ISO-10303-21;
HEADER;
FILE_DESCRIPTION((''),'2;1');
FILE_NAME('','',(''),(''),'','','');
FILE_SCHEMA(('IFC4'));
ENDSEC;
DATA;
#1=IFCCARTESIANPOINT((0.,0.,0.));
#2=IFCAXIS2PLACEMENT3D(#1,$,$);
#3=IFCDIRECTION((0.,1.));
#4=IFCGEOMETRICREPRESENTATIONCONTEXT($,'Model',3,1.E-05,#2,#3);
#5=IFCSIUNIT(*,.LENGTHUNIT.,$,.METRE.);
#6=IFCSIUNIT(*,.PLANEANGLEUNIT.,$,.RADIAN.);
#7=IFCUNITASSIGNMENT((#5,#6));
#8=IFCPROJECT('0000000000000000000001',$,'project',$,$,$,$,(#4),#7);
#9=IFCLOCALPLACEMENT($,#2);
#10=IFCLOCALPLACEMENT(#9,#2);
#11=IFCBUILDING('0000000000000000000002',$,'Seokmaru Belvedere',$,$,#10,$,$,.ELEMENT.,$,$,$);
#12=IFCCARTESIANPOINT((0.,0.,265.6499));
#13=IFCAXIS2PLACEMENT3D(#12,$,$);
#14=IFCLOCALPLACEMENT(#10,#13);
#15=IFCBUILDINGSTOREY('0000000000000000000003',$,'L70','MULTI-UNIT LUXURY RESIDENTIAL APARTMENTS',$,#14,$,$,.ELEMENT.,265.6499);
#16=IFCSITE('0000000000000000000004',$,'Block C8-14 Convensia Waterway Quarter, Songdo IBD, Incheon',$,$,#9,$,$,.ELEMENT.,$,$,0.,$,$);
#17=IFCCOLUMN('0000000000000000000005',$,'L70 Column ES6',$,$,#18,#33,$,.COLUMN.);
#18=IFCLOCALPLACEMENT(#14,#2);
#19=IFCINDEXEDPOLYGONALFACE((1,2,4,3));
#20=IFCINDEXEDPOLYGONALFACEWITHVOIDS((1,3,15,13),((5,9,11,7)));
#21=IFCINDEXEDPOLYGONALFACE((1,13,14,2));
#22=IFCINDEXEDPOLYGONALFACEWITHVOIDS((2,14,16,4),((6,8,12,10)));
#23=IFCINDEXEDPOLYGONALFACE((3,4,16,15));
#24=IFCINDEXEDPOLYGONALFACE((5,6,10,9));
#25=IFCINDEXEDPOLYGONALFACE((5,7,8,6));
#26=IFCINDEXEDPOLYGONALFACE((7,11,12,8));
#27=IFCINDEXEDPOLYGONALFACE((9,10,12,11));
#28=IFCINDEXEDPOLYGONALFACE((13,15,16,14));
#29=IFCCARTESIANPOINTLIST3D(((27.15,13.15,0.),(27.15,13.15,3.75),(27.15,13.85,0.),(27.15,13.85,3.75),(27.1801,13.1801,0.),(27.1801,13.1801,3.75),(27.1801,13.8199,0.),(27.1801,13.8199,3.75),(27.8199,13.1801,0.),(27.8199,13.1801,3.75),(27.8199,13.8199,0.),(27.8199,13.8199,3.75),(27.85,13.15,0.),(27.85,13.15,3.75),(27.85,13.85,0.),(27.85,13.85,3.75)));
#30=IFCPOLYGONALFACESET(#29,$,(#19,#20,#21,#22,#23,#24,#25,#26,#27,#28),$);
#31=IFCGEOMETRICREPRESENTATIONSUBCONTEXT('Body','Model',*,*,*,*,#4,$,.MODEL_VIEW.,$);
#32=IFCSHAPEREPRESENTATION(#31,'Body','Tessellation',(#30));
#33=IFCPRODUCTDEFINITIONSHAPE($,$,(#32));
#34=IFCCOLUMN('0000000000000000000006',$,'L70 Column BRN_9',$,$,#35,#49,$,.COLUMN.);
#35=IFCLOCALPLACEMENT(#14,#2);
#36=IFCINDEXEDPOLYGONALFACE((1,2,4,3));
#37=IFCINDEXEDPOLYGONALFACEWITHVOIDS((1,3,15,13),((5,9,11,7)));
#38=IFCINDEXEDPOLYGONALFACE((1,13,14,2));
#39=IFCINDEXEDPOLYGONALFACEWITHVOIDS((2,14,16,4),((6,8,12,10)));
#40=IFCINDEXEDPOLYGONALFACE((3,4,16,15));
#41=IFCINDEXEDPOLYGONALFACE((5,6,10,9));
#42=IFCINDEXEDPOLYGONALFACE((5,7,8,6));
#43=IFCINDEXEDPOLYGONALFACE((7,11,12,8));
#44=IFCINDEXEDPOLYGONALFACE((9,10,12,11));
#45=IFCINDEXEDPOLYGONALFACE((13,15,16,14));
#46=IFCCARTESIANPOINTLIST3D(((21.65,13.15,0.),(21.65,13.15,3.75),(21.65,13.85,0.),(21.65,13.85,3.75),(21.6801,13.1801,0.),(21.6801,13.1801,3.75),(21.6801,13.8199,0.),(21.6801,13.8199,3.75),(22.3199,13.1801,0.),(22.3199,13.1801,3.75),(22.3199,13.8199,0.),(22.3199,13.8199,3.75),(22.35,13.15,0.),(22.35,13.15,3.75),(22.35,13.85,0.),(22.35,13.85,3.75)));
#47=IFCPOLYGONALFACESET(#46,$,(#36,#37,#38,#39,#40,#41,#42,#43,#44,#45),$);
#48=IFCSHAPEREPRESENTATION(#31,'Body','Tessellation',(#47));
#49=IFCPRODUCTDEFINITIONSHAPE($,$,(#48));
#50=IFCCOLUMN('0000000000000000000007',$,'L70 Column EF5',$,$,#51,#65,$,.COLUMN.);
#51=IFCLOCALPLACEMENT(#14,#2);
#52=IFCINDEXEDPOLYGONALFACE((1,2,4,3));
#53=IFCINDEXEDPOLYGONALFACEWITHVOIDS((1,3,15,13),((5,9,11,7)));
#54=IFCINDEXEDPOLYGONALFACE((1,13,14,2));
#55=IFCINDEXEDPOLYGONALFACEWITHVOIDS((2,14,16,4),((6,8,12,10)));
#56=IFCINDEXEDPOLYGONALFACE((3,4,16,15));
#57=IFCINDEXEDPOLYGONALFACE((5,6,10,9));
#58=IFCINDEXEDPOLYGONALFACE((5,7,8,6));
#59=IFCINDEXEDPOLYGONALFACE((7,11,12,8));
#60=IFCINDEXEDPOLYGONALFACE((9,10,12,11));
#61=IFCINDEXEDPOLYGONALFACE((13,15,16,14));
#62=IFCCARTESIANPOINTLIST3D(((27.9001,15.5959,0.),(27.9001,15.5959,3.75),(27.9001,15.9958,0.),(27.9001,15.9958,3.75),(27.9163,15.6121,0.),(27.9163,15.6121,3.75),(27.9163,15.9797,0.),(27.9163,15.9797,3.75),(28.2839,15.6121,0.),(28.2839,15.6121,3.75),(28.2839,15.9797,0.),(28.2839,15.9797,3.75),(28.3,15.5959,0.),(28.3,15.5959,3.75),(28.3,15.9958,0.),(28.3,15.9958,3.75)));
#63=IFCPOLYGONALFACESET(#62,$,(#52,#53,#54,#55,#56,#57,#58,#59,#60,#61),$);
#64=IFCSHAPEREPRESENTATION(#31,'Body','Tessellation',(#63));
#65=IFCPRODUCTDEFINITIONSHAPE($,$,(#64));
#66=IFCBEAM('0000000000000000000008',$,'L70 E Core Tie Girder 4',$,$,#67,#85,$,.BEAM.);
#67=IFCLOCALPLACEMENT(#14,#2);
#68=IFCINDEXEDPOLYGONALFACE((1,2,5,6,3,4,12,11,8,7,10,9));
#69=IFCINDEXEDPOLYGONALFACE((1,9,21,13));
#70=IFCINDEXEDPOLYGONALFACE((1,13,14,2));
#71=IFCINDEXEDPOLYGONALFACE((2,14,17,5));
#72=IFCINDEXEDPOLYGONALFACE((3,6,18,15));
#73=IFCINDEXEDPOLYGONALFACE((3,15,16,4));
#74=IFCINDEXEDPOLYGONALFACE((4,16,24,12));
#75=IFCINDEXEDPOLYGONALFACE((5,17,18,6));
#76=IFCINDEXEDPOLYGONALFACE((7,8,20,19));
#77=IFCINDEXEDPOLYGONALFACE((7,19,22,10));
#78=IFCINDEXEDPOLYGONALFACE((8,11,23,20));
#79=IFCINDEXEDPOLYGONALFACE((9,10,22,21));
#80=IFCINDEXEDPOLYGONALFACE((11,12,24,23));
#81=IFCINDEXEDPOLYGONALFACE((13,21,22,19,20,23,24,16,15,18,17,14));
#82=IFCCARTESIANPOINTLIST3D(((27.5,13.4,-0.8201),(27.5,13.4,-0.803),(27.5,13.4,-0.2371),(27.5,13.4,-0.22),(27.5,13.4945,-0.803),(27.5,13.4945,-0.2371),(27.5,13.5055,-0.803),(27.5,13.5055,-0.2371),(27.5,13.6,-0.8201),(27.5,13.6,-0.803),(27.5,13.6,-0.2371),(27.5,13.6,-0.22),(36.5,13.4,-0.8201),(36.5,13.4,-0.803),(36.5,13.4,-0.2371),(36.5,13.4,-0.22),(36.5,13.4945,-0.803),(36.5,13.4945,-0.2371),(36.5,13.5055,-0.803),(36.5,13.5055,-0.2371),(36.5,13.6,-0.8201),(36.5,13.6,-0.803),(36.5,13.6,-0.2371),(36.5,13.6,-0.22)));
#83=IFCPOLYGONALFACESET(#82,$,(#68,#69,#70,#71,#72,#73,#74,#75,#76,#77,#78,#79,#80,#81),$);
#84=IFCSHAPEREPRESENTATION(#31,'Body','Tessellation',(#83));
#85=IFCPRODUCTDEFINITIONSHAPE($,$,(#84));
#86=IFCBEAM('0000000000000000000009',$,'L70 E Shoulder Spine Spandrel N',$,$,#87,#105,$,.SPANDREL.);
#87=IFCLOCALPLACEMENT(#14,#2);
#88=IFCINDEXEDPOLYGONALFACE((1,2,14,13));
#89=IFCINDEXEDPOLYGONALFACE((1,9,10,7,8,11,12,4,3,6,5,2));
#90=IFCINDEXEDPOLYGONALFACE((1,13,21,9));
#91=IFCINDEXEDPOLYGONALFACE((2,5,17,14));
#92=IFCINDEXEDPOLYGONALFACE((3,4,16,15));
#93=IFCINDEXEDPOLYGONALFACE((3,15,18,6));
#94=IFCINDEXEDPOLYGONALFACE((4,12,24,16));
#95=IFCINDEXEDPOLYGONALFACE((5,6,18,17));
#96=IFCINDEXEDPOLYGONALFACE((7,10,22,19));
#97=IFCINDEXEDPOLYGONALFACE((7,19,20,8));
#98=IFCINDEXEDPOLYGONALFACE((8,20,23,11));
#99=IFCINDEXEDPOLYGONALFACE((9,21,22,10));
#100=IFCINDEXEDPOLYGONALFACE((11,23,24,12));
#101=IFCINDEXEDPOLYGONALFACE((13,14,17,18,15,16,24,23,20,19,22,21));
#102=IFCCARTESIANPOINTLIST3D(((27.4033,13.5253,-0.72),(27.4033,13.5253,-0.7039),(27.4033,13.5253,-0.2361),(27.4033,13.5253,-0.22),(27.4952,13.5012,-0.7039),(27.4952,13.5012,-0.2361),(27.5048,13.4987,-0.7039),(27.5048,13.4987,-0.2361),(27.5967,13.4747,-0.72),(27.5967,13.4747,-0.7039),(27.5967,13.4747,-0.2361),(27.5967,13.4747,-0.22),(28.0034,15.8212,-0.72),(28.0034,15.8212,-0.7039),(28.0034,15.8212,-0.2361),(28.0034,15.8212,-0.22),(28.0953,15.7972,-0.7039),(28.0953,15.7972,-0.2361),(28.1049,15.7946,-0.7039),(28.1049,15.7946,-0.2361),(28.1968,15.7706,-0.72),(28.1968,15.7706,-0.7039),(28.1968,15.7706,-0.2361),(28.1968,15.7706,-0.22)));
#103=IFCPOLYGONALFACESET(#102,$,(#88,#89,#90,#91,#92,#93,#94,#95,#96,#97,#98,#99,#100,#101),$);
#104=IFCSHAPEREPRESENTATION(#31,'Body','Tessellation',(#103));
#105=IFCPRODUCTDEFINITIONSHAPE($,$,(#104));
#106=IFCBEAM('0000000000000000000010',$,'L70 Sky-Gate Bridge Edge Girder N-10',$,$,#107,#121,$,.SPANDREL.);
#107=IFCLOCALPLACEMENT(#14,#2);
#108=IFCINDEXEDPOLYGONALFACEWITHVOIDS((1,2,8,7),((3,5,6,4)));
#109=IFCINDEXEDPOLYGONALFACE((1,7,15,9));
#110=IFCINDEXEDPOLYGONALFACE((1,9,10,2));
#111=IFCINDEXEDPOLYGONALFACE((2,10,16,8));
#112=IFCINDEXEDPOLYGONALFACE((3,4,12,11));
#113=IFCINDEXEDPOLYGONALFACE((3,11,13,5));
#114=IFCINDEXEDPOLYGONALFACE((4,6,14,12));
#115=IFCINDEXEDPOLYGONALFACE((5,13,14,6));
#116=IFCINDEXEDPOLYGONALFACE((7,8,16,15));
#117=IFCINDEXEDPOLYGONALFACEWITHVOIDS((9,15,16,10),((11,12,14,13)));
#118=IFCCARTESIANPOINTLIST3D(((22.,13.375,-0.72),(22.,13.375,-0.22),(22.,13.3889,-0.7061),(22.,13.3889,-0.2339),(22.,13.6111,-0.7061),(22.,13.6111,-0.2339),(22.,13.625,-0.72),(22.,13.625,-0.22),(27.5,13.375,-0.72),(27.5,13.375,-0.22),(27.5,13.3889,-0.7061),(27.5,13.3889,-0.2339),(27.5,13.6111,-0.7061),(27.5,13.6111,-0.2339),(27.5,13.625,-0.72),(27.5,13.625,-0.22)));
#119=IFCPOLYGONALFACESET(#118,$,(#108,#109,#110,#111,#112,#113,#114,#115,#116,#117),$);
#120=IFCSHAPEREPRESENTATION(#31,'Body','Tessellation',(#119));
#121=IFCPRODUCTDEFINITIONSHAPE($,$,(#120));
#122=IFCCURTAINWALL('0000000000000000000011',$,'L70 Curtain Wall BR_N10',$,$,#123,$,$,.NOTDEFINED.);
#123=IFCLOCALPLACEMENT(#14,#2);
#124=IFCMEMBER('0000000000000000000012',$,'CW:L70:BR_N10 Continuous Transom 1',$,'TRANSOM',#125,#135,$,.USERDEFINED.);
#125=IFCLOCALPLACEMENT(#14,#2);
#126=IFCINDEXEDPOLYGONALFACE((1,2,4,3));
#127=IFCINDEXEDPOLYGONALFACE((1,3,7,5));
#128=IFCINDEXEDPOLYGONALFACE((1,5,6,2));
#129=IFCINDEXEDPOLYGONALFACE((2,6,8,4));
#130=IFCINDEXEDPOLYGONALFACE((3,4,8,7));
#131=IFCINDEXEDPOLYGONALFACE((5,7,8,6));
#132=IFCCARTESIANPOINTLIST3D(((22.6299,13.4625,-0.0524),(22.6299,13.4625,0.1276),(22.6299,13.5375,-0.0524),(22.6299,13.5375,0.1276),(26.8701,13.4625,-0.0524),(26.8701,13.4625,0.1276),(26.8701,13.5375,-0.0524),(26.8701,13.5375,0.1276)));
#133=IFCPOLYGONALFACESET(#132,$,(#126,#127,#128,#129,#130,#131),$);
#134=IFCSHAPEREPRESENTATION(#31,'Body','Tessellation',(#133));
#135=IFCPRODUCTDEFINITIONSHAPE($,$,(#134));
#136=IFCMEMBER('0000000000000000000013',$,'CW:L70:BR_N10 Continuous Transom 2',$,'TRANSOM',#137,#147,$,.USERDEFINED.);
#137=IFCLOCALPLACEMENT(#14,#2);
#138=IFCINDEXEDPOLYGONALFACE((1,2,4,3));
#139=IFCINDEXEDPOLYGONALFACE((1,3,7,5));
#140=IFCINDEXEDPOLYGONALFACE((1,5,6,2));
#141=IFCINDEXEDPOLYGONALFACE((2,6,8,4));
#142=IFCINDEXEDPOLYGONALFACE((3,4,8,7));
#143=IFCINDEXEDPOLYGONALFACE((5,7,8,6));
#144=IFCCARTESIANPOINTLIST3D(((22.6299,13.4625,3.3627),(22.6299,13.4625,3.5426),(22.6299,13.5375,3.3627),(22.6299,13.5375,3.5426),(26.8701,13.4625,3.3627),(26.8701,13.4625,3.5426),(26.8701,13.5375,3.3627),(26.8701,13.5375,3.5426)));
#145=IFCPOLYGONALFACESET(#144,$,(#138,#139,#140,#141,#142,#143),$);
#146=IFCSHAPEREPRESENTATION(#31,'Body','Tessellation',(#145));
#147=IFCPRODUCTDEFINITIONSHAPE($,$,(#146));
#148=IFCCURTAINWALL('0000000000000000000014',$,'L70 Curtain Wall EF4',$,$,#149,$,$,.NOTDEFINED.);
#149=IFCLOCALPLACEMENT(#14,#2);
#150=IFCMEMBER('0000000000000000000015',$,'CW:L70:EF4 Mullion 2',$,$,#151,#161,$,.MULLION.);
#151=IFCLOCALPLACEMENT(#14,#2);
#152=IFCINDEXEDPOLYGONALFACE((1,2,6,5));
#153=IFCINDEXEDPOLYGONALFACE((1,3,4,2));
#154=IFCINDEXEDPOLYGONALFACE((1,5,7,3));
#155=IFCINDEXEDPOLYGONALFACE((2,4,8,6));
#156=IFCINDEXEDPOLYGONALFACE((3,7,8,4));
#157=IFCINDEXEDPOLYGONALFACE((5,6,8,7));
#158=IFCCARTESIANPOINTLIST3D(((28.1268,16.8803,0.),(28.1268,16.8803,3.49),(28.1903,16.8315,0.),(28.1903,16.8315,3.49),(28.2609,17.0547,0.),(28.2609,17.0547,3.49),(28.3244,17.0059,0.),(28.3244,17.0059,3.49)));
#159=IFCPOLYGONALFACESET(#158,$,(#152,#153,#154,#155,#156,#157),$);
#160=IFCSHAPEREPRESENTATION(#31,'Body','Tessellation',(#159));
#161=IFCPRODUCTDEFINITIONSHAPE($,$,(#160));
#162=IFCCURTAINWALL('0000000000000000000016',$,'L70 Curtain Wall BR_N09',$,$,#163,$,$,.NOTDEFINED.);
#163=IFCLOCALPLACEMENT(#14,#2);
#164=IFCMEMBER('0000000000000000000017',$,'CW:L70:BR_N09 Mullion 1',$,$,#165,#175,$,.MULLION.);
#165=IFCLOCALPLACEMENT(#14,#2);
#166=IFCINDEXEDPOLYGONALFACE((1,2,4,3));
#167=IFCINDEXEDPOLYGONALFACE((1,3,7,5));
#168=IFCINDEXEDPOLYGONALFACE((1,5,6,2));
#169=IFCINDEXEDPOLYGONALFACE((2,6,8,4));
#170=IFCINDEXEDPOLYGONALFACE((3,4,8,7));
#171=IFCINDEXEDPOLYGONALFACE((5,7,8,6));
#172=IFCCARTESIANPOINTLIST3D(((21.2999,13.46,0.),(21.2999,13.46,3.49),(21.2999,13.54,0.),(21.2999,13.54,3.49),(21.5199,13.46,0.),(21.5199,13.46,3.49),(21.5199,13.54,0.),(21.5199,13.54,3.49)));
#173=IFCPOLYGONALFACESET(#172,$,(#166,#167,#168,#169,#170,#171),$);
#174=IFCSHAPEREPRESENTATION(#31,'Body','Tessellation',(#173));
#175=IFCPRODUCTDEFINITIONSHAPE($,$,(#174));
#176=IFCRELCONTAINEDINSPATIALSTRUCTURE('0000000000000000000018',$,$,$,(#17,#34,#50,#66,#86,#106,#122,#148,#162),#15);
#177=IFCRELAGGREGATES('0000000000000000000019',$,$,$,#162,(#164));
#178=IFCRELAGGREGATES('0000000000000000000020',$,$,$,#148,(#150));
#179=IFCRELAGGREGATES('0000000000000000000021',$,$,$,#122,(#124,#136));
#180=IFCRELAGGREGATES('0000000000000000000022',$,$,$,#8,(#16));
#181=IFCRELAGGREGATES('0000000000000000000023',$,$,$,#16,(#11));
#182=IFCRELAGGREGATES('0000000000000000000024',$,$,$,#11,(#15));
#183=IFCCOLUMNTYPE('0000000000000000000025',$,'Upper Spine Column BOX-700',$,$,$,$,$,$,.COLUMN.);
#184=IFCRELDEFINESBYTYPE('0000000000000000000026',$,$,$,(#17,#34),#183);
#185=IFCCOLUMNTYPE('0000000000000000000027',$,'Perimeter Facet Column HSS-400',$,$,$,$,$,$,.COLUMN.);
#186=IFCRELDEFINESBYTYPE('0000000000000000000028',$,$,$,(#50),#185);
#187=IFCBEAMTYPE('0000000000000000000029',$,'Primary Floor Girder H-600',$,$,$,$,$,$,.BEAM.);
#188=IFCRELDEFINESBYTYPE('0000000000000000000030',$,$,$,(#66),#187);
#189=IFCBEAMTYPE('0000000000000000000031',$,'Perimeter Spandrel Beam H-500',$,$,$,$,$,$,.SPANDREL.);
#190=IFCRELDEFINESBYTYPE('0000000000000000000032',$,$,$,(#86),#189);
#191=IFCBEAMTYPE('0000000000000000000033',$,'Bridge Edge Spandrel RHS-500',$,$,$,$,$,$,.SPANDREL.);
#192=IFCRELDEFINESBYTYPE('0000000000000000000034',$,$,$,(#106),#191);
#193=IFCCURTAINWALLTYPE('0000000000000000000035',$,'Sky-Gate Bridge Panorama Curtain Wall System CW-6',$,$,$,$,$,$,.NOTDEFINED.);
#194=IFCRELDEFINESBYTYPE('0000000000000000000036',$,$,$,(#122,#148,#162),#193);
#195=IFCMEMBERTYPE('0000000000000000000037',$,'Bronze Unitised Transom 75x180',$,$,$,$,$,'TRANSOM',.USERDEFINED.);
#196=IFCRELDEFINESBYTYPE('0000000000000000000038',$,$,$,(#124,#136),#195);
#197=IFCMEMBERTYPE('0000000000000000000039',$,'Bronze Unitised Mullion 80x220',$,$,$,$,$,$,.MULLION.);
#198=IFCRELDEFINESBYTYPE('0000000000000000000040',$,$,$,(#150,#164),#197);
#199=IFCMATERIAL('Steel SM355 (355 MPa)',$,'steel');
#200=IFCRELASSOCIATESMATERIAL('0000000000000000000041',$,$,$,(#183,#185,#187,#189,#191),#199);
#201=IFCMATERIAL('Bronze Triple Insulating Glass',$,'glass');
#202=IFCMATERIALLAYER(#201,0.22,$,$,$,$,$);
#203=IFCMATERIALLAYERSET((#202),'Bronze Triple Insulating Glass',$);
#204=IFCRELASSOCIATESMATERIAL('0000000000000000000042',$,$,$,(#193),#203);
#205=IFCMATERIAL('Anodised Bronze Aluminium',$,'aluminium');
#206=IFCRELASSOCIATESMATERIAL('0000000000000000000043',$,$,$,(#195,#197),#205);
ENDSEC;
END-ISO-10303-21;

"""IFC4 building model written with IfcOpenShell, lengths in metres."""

from ifc_helpers import new_model, si_unit, direction, frame, origin, origin_2d, place, context, subcontext, project, spatial, rectangle, hollow_rectangle, i_section, extrude, source, transform, mapped, material, layer, layer_set, material_profile, profile_set, type_object, type_shapes, element, aggregate, save


model = new_model("IFC4")

# Units and contexts
model_context = context("Model", 3, precision=1e-05, world=origin(), true_north=direction((0.0, 1.0)))
body_context = subcontext(model_context, "Body", "Model", "MODEL_VIEW")
ifc_project = project(units=[si_unit("LENGTHUNIT", "METRE"), si_unit("PLANEANGLEUNIT", "RADIAN")], contexts=[model_context])

# Site, building, storey
site_placement = place(None, origin())
site = spatial("IfcSite", under=ifc_project, at=site_placement, Name="Block C8-14 Convensia Waterway Quarter, Songdo IBD, Incheon", CompositionType="ELEMENT", RefElevation=0.0)
building_placement = place(site_placement, origin())
building = spatial("IfcBuilding", under=site, at=building_placement, Name="Seokmaru Belvedere", CompositionType="ELEMENT")
storey_placement = place(building_placement, frame((0.0, 0.0, 265.6499)))
storey = spatial("IfcBuildingStorey", under=building, at=storey_placement, Name="L70", Description="MULTI-UNIT LUXURY RESIDENTIAL APARTMENTS", CompositionType="ELEMENT", Elevation=265.6499)

# Columns
ifc_material_1 = material(Name="Steel SM355 (355 MPa)", Category="steel")
ifc_material_profile_1 = material_profile(ifc_material_1, hollow_rectangle(XDim=0.7, YDim=0.7, WallThickness=0.03, at=origin_2d()), Name="BOX-700x700x30")
ifc_profile_set_1 = profile_set([ifc_material_profile_1], Name="Steel SM355 (355 MPa)")
column_type_1 = type_object("IfcColumnType", Name="Upper Spine Column BOX-700", PredefinedType="COLUMN", material=ifc_profile_set_1)
shared_shape_1 = source(origin(), body_context, "Body", "SweptSolid", [
    extrude(hollow_rectangle(XDim=0.7, YDim=0.7, WallThickness=0.03, at=origin_2d()), origin(), (0.0, 0.0, 1.0), 3.75),
])
type_shapes(column_type_1, [shared_shape_1])
for number, where, z_axis, x_axis, name in (
    (1, (27.5, 13.5, 0.0), (0.0, 0.0, 1.0), (1.0, 0.0, 0.0), "L70 Column ES6"),
    (2, (22.0, 13.5, 0.0), (0.0, 0.0, 1.0), (1.0, 0.0, 0.0), "L70 Column BRN_9"),
):
    element("IfcColumn", number, at=place(storey_placement, frame(where, z_axis=z_axis, x_axis=x_axis)), inside=storey, type_object=column_type_1, Name=name, PredefinedType="COLUMN", context=body_context, shape_type="MappedRepresentation", body=[
        mapped(shared_shape_1, transform((0.0, 0.0, 0.0), scale=1.0)),
    ])
ifc_material_profile_2 = material_profile(ifc_material_1, hollow_rectangle(XDim=0.3999, YDim=0.3999, WallThickness=0.0161, at=origin_2d()), Name="HSS-400x400x16")
ifc_profile_set_2 = profile_set([ifc_material_profile_2], Name="Steel SM355 (355 MPa)")
column_type_2 = type_object("IfcColumnType", Name="Perimeter Facet Column HSS-400", PredefinedType="COLUMN", material=ifc_profile_set_2)
shared_shape_2 = source(origin(), body_context, "Body", "SweptSolid", [
    extrude(hollow_rectangle(XDim=0.3999, YDim=0.3999, WallThickness=0.0161, at=origin_2d()), origin(), (0.0, 0.0, 1.0), 3.75),
])
type_shapes(column_type_2, [shared_shape_2])
column_placement = place(storey_placement, frame((28.1001, 15.7959, 0.0), z_axis=(0.0, 0.0, 1.0), x_axis=(1.0, 0.0, 0.0)))
element("IfcColumn", 3, at=column_placement, inside=storey, type_object=column_type_2, Name="L70 Column EF5", PredefinedType="COLUMN", context=body_context, shape_type="MappedRepresentation", body=[
    mapped(shared_shape_2, transform((0.0, 0.0, 0.0), scale=1.0)),
])

# Beams
ifc_material_profile_3 = material_profile(ifc_material_1, i_section(OverallWidth=0.2, OverallDepth=0.6001, WebThickness=0.011, FlangeThickness=0.0171, at=origin_2d()), Name="H-600x200x11x17")
ifc_profile_set_3 = profile_set([ifc_material_profile_3], Name="Steel SM355 (355 MPa)")
beam_type_1 = type_object("IfcBeamType", Name="Primary Floor Girder H-600", PredefinedType="BEAM", material=ifc_profile_set_3)
shared_shape_3 = source(origin(), body_context, "Body", "SweptSolid", [
    extrude(i_section(OverallWidth=0.2, OverallDepth=0.6001, WebThickness=0.011, FlangeThickness=0.0171, at=origin_2d()), origin(), (0.0, 0.0, 1.0), 9.0),
])
type_shapes(beam_type_1, [shared_shape_3])
beam_1_placement = place(storey_placement, frame((27.5, 13.5, -0.52), z_axis=(1.0, 0.0, 0.0), x_axis=(0.0, 1.0, 0.0)))
element("IfcBeam", 4, at=beam_1_placement, inside=storey, type_object=beam_type_1, Name="L70 E Core Tie Girder 4", PredefinedType="BEAM", context=body_context, shape_type="MappedRepresentation", body=[
    mapped(shared_shape_3, transform((0.0, 0.0, 0.0), scale=1.0)),
])
ifc_material_profile_4 = material_profile(ifc_material_1, i_section(OverallWidth=0.2, OverallDepth=0.5, WebThickness=0.01, FlangeThickness=0.0161, at=origin_2d()), Name="H-500x200x10x16")
ifc_profile_set_4 = profile_set([ifc_material_profile_4], Name="Steel SM355 (355 MPa)")
beam_type_2 = type_object("IfcBeamType", Name="Perimeter Spandrel Beam H-500", PredefinedType="SPANDREL", material=ifc_profile_set_4)
shared_shape_4 = source(origin(), body_context, "Body", "SweptSolid", [
    extrude(i_section(OverallWidth=0.2, OverallDepth=0.5, WebThickness=0.01, FlangeThickness=0.0161, at=origin_2d()), origin(), (0.0, 0.0, 1.0), 2.373),
])
type_shapes(beam_type_2, [shared_shape_4])
beam_2_placement = place(storey_placement, frame((28.1001, 15.7959, -0.47), z_axis=(-0.252883, -0.967497, 0.0), x_axis=(0.967497, -0.252883, 0.0)))
element("IfcBeam", 5, at=beam_2_placement, inside=storey, type_object=beam_type_2, Name="L70 E Shoulder Spine Spandrel N", PredefinedType="SPANDREL", context=body_context, shape_type="MappedRepresentation", body=[
    mapped(shared_shape_4, transform((0.0, 0.0, 0.0), scale=1.0)),
])
ifc_material_profile_5 = material_profile(ifc_material_1, hollow_rectangle(XDim=0.25, YDim=0.5, WallThickness=0.0139, at=origin_2d()), Name="RHS-500x250x14")
ifc_profile_set_5 = profile_set([ifc_material_profile_5], Name="Steel SM355 (355 MPa)")
beam_type_3 = type_object("IfcBeamType", Name="Bridge Edge Spandrel RHS-500", PredefinedType="SPANDREL", material=ifc_profile_set_5)
shared_shape_5 = source(origin(), body_context, "Body", "SweptSolid", [
    extrude(hollow_rectangle(XDim=0.25, YDim=0.5, WallThickness=0.0139, at=origin_2d()), origin(), (0.0, 0.0, 1.0), 5.5),
])
type_shapes(beam_type_3, [shared_shape_5])
beam_3_placement = place(storey_placement, frame((22.0, 13.5, -0.47), z_axis=(1.0, 0.0, 0.0), x_axis=(0.0, 1.0, 0.0)))
element("IfcBeam", 6, at=beam_3_placement, inside=storey, type_object=beam_type_3, Name="L70 Sky-Gate Bridge Edge Girder N-10", PredefinedType="SPANDREL", context=body_context, shape_type="MappedRepresentation", body=[
    mapped(shared_shape_5, transform((0.0, 0.0, 0.0), scale=1.0)),
])

# Curtain wall, members
ifc_material_2 = material(Name="Bronze Triple Insulating Glass", Category="glass")
ifc_layer_1 = layer(ifc_material_2, 0.22)
ifc_layer_set_1 = layer_set([ifc_layer_1], Name="Bronze Triple Insulating Glass")
curtain_wall_type = type_object("IfcCurtainWallType", Name="Sky-Gate Bridge Panorama Curtain Wall System CW-6", PredefinedType="NOTDEFINED", material=ifc_layer_set_1)
curtain_wall_1_placement = place(storey_placement, origin())
curtain_wall_1 = element("IfcCurtainWall", 7, at=curtain_wall_1_placement, inside=storey, type_object=curtain_wall_type, Name="L70 Curtain Wall BR_N10", PredefinedType="NOTDEFINED")
ifc_material_3 = material(Name="Anodised Bronze Aluminium", Category="aluminium")
ifc_material_profile_6 = material_profile(ifc_material_3, rectangle(XDim=0.075, YDim=0.1799, at=origin_2d()), Name="CW-T-75x180")
ifc_profile_set_6 = profile_set([ifc_material_profile_6], Name="Anodised Bronze Aluminium")
member_type_1 = type_object("IfcMemberType", Name="Bronze Unitised Transom 75x180", ElementType="TRANSOM", PredefinedType="USERDEFINED", material=ifc_profile_set_6)
shared_shape_6 = source(origin(), body_context, "Body", "SweptSolid", [
    extrude(rectangle(XDim=0.075, YDim=0.1799, at=origin_2d()), origin(), (0.0, 0.0, 1.0), 4.2402),
])
type_shapes(member_type_1, [shared_shape_6])
member_1_placement = place(storey_placement, frame((26.8701, 13.5, 0.0376), z_axis=(-1.0, 0.0, 0.0), x_axis=(0.0, -1.0, 0.0)))
member_1 = element("IfcMember", 8, at=member_1_placement, type_object=member_type_1, Name="CW:L70:BR_N10 Continuous Transom 1", ObjectType="TRANSOM", PredefinedType="USERDEFINED", context=body_context, shape_type="MappedRepresentation", body=[
    mapped(shared_shape_6, transform((0.0, 0.0, 0.0), scale=1.0)),
])
member_2_placement = place(storey_placement, frame((26.8701, 13.5, 3.4526), z_axis=(-1.0, 0.0, 0.0), x_axis=(0.0, -1.0, 0.0)))
member_2 = element("IfcMember", 9, at=member_2_placement, type_object=member_type_1, Name="CW:L70:BR_N10 Continuous Transom 2", ObjectType="TRANSOM", PredefinedType="USERDEFINED", context=body_context, shape_type="MappedRepresentation", body=[
    mapped(shared_shape_6, transform((0.0, 0.0, 0.0), scale=1.0)),
])

# Curtain walls, members
curtain_wall_2_placement = place(storey_placement, origin())
curtain_wall_2 = element("IfcCurtainWall", 10, at=curtain_wall_2_placement, inside=storey, type_object=curtain_wall_type, Name="L70 Curtain Wall EF4", PredefinedType="NOTDEFINED")
ifc_material_profile_7 = material_profile(ifc_material_3, rectangle(XDim=0.0801, YDim=0.22, at=origin_2d()), Name="CW-M-80x220")
ifc_profile_set_7 = profile_set([ifc_material_profile_7], Name="Anodised Bronze Aluminium")
member_type_2 = type_object("IfcMemberType", Name="Bronze Unitised Mullion 80x220", PredefinedType="MULLION", material=ifc_profile_set_7)
shared_shape_7 = source(origin(), body_context, "Body", "SweptSolid", [
    extrude(rectangle(XDim=0.0801, YDim=0.22, at=origin_2d()), origin(), (0.0, 0.0, 1.0), 3.49),
])
type_shapes(member_type_2, [shared_shape_7])
member_3_placement = place(storey_placement, frame((28.2256, 16.9431, 0.0), z_axis=(0.0, 0.0, 1.0), x_axis=(0.792631, -0.609701, 0.0)))
member_3 = element("IfcMember", 11, at=member_3_placement, type_object=member_type_2, Name="CW:L70:EF4 Mullion 2", PredefinedType="MULLION", context=body_context, shape_type="MappedRepresentation", body=[
    mapped(shared_shape_7, transform((0.0, 0.0, 0.0), scale=1.0)),
])
curtain_wall_3_placement = place(storey_placement, origin())
curtain_wall_3 = element("IfcCurtainWall", 12, at=curtain_wall_3_placement, inside=storey, type_object=curtain_wall_type, Name="L70 Curtain Wall BR_N09", PredefinedType="NOTDEFINED")
member_4_placement = place(storey_placement, frame((21.4099, 13.5, 0.0), z_axis=(0.0, 0.0, 1.0), x_axis=(0.0, -1.0, 0.0)))
member_4 = element("IfcMember", 13, at=member_4_placement, type_object=member_type_2, Name="CW:L70:BR_N09 Mullion 1", PredefinedType="MULLION", context=body_context, shape_type="MappedRepresentation", body=[
    mapped(shared_shape_7, transform((0.0, 0.0, 0.0), scale=1.0)),
])
aggregate(curtain_wall_3, [member_4])

aggregate(curtain_wall_2, [member_3])
aggregate(curtain_wall_1, [member_1, member_2])

save(model, "model.ifc")
